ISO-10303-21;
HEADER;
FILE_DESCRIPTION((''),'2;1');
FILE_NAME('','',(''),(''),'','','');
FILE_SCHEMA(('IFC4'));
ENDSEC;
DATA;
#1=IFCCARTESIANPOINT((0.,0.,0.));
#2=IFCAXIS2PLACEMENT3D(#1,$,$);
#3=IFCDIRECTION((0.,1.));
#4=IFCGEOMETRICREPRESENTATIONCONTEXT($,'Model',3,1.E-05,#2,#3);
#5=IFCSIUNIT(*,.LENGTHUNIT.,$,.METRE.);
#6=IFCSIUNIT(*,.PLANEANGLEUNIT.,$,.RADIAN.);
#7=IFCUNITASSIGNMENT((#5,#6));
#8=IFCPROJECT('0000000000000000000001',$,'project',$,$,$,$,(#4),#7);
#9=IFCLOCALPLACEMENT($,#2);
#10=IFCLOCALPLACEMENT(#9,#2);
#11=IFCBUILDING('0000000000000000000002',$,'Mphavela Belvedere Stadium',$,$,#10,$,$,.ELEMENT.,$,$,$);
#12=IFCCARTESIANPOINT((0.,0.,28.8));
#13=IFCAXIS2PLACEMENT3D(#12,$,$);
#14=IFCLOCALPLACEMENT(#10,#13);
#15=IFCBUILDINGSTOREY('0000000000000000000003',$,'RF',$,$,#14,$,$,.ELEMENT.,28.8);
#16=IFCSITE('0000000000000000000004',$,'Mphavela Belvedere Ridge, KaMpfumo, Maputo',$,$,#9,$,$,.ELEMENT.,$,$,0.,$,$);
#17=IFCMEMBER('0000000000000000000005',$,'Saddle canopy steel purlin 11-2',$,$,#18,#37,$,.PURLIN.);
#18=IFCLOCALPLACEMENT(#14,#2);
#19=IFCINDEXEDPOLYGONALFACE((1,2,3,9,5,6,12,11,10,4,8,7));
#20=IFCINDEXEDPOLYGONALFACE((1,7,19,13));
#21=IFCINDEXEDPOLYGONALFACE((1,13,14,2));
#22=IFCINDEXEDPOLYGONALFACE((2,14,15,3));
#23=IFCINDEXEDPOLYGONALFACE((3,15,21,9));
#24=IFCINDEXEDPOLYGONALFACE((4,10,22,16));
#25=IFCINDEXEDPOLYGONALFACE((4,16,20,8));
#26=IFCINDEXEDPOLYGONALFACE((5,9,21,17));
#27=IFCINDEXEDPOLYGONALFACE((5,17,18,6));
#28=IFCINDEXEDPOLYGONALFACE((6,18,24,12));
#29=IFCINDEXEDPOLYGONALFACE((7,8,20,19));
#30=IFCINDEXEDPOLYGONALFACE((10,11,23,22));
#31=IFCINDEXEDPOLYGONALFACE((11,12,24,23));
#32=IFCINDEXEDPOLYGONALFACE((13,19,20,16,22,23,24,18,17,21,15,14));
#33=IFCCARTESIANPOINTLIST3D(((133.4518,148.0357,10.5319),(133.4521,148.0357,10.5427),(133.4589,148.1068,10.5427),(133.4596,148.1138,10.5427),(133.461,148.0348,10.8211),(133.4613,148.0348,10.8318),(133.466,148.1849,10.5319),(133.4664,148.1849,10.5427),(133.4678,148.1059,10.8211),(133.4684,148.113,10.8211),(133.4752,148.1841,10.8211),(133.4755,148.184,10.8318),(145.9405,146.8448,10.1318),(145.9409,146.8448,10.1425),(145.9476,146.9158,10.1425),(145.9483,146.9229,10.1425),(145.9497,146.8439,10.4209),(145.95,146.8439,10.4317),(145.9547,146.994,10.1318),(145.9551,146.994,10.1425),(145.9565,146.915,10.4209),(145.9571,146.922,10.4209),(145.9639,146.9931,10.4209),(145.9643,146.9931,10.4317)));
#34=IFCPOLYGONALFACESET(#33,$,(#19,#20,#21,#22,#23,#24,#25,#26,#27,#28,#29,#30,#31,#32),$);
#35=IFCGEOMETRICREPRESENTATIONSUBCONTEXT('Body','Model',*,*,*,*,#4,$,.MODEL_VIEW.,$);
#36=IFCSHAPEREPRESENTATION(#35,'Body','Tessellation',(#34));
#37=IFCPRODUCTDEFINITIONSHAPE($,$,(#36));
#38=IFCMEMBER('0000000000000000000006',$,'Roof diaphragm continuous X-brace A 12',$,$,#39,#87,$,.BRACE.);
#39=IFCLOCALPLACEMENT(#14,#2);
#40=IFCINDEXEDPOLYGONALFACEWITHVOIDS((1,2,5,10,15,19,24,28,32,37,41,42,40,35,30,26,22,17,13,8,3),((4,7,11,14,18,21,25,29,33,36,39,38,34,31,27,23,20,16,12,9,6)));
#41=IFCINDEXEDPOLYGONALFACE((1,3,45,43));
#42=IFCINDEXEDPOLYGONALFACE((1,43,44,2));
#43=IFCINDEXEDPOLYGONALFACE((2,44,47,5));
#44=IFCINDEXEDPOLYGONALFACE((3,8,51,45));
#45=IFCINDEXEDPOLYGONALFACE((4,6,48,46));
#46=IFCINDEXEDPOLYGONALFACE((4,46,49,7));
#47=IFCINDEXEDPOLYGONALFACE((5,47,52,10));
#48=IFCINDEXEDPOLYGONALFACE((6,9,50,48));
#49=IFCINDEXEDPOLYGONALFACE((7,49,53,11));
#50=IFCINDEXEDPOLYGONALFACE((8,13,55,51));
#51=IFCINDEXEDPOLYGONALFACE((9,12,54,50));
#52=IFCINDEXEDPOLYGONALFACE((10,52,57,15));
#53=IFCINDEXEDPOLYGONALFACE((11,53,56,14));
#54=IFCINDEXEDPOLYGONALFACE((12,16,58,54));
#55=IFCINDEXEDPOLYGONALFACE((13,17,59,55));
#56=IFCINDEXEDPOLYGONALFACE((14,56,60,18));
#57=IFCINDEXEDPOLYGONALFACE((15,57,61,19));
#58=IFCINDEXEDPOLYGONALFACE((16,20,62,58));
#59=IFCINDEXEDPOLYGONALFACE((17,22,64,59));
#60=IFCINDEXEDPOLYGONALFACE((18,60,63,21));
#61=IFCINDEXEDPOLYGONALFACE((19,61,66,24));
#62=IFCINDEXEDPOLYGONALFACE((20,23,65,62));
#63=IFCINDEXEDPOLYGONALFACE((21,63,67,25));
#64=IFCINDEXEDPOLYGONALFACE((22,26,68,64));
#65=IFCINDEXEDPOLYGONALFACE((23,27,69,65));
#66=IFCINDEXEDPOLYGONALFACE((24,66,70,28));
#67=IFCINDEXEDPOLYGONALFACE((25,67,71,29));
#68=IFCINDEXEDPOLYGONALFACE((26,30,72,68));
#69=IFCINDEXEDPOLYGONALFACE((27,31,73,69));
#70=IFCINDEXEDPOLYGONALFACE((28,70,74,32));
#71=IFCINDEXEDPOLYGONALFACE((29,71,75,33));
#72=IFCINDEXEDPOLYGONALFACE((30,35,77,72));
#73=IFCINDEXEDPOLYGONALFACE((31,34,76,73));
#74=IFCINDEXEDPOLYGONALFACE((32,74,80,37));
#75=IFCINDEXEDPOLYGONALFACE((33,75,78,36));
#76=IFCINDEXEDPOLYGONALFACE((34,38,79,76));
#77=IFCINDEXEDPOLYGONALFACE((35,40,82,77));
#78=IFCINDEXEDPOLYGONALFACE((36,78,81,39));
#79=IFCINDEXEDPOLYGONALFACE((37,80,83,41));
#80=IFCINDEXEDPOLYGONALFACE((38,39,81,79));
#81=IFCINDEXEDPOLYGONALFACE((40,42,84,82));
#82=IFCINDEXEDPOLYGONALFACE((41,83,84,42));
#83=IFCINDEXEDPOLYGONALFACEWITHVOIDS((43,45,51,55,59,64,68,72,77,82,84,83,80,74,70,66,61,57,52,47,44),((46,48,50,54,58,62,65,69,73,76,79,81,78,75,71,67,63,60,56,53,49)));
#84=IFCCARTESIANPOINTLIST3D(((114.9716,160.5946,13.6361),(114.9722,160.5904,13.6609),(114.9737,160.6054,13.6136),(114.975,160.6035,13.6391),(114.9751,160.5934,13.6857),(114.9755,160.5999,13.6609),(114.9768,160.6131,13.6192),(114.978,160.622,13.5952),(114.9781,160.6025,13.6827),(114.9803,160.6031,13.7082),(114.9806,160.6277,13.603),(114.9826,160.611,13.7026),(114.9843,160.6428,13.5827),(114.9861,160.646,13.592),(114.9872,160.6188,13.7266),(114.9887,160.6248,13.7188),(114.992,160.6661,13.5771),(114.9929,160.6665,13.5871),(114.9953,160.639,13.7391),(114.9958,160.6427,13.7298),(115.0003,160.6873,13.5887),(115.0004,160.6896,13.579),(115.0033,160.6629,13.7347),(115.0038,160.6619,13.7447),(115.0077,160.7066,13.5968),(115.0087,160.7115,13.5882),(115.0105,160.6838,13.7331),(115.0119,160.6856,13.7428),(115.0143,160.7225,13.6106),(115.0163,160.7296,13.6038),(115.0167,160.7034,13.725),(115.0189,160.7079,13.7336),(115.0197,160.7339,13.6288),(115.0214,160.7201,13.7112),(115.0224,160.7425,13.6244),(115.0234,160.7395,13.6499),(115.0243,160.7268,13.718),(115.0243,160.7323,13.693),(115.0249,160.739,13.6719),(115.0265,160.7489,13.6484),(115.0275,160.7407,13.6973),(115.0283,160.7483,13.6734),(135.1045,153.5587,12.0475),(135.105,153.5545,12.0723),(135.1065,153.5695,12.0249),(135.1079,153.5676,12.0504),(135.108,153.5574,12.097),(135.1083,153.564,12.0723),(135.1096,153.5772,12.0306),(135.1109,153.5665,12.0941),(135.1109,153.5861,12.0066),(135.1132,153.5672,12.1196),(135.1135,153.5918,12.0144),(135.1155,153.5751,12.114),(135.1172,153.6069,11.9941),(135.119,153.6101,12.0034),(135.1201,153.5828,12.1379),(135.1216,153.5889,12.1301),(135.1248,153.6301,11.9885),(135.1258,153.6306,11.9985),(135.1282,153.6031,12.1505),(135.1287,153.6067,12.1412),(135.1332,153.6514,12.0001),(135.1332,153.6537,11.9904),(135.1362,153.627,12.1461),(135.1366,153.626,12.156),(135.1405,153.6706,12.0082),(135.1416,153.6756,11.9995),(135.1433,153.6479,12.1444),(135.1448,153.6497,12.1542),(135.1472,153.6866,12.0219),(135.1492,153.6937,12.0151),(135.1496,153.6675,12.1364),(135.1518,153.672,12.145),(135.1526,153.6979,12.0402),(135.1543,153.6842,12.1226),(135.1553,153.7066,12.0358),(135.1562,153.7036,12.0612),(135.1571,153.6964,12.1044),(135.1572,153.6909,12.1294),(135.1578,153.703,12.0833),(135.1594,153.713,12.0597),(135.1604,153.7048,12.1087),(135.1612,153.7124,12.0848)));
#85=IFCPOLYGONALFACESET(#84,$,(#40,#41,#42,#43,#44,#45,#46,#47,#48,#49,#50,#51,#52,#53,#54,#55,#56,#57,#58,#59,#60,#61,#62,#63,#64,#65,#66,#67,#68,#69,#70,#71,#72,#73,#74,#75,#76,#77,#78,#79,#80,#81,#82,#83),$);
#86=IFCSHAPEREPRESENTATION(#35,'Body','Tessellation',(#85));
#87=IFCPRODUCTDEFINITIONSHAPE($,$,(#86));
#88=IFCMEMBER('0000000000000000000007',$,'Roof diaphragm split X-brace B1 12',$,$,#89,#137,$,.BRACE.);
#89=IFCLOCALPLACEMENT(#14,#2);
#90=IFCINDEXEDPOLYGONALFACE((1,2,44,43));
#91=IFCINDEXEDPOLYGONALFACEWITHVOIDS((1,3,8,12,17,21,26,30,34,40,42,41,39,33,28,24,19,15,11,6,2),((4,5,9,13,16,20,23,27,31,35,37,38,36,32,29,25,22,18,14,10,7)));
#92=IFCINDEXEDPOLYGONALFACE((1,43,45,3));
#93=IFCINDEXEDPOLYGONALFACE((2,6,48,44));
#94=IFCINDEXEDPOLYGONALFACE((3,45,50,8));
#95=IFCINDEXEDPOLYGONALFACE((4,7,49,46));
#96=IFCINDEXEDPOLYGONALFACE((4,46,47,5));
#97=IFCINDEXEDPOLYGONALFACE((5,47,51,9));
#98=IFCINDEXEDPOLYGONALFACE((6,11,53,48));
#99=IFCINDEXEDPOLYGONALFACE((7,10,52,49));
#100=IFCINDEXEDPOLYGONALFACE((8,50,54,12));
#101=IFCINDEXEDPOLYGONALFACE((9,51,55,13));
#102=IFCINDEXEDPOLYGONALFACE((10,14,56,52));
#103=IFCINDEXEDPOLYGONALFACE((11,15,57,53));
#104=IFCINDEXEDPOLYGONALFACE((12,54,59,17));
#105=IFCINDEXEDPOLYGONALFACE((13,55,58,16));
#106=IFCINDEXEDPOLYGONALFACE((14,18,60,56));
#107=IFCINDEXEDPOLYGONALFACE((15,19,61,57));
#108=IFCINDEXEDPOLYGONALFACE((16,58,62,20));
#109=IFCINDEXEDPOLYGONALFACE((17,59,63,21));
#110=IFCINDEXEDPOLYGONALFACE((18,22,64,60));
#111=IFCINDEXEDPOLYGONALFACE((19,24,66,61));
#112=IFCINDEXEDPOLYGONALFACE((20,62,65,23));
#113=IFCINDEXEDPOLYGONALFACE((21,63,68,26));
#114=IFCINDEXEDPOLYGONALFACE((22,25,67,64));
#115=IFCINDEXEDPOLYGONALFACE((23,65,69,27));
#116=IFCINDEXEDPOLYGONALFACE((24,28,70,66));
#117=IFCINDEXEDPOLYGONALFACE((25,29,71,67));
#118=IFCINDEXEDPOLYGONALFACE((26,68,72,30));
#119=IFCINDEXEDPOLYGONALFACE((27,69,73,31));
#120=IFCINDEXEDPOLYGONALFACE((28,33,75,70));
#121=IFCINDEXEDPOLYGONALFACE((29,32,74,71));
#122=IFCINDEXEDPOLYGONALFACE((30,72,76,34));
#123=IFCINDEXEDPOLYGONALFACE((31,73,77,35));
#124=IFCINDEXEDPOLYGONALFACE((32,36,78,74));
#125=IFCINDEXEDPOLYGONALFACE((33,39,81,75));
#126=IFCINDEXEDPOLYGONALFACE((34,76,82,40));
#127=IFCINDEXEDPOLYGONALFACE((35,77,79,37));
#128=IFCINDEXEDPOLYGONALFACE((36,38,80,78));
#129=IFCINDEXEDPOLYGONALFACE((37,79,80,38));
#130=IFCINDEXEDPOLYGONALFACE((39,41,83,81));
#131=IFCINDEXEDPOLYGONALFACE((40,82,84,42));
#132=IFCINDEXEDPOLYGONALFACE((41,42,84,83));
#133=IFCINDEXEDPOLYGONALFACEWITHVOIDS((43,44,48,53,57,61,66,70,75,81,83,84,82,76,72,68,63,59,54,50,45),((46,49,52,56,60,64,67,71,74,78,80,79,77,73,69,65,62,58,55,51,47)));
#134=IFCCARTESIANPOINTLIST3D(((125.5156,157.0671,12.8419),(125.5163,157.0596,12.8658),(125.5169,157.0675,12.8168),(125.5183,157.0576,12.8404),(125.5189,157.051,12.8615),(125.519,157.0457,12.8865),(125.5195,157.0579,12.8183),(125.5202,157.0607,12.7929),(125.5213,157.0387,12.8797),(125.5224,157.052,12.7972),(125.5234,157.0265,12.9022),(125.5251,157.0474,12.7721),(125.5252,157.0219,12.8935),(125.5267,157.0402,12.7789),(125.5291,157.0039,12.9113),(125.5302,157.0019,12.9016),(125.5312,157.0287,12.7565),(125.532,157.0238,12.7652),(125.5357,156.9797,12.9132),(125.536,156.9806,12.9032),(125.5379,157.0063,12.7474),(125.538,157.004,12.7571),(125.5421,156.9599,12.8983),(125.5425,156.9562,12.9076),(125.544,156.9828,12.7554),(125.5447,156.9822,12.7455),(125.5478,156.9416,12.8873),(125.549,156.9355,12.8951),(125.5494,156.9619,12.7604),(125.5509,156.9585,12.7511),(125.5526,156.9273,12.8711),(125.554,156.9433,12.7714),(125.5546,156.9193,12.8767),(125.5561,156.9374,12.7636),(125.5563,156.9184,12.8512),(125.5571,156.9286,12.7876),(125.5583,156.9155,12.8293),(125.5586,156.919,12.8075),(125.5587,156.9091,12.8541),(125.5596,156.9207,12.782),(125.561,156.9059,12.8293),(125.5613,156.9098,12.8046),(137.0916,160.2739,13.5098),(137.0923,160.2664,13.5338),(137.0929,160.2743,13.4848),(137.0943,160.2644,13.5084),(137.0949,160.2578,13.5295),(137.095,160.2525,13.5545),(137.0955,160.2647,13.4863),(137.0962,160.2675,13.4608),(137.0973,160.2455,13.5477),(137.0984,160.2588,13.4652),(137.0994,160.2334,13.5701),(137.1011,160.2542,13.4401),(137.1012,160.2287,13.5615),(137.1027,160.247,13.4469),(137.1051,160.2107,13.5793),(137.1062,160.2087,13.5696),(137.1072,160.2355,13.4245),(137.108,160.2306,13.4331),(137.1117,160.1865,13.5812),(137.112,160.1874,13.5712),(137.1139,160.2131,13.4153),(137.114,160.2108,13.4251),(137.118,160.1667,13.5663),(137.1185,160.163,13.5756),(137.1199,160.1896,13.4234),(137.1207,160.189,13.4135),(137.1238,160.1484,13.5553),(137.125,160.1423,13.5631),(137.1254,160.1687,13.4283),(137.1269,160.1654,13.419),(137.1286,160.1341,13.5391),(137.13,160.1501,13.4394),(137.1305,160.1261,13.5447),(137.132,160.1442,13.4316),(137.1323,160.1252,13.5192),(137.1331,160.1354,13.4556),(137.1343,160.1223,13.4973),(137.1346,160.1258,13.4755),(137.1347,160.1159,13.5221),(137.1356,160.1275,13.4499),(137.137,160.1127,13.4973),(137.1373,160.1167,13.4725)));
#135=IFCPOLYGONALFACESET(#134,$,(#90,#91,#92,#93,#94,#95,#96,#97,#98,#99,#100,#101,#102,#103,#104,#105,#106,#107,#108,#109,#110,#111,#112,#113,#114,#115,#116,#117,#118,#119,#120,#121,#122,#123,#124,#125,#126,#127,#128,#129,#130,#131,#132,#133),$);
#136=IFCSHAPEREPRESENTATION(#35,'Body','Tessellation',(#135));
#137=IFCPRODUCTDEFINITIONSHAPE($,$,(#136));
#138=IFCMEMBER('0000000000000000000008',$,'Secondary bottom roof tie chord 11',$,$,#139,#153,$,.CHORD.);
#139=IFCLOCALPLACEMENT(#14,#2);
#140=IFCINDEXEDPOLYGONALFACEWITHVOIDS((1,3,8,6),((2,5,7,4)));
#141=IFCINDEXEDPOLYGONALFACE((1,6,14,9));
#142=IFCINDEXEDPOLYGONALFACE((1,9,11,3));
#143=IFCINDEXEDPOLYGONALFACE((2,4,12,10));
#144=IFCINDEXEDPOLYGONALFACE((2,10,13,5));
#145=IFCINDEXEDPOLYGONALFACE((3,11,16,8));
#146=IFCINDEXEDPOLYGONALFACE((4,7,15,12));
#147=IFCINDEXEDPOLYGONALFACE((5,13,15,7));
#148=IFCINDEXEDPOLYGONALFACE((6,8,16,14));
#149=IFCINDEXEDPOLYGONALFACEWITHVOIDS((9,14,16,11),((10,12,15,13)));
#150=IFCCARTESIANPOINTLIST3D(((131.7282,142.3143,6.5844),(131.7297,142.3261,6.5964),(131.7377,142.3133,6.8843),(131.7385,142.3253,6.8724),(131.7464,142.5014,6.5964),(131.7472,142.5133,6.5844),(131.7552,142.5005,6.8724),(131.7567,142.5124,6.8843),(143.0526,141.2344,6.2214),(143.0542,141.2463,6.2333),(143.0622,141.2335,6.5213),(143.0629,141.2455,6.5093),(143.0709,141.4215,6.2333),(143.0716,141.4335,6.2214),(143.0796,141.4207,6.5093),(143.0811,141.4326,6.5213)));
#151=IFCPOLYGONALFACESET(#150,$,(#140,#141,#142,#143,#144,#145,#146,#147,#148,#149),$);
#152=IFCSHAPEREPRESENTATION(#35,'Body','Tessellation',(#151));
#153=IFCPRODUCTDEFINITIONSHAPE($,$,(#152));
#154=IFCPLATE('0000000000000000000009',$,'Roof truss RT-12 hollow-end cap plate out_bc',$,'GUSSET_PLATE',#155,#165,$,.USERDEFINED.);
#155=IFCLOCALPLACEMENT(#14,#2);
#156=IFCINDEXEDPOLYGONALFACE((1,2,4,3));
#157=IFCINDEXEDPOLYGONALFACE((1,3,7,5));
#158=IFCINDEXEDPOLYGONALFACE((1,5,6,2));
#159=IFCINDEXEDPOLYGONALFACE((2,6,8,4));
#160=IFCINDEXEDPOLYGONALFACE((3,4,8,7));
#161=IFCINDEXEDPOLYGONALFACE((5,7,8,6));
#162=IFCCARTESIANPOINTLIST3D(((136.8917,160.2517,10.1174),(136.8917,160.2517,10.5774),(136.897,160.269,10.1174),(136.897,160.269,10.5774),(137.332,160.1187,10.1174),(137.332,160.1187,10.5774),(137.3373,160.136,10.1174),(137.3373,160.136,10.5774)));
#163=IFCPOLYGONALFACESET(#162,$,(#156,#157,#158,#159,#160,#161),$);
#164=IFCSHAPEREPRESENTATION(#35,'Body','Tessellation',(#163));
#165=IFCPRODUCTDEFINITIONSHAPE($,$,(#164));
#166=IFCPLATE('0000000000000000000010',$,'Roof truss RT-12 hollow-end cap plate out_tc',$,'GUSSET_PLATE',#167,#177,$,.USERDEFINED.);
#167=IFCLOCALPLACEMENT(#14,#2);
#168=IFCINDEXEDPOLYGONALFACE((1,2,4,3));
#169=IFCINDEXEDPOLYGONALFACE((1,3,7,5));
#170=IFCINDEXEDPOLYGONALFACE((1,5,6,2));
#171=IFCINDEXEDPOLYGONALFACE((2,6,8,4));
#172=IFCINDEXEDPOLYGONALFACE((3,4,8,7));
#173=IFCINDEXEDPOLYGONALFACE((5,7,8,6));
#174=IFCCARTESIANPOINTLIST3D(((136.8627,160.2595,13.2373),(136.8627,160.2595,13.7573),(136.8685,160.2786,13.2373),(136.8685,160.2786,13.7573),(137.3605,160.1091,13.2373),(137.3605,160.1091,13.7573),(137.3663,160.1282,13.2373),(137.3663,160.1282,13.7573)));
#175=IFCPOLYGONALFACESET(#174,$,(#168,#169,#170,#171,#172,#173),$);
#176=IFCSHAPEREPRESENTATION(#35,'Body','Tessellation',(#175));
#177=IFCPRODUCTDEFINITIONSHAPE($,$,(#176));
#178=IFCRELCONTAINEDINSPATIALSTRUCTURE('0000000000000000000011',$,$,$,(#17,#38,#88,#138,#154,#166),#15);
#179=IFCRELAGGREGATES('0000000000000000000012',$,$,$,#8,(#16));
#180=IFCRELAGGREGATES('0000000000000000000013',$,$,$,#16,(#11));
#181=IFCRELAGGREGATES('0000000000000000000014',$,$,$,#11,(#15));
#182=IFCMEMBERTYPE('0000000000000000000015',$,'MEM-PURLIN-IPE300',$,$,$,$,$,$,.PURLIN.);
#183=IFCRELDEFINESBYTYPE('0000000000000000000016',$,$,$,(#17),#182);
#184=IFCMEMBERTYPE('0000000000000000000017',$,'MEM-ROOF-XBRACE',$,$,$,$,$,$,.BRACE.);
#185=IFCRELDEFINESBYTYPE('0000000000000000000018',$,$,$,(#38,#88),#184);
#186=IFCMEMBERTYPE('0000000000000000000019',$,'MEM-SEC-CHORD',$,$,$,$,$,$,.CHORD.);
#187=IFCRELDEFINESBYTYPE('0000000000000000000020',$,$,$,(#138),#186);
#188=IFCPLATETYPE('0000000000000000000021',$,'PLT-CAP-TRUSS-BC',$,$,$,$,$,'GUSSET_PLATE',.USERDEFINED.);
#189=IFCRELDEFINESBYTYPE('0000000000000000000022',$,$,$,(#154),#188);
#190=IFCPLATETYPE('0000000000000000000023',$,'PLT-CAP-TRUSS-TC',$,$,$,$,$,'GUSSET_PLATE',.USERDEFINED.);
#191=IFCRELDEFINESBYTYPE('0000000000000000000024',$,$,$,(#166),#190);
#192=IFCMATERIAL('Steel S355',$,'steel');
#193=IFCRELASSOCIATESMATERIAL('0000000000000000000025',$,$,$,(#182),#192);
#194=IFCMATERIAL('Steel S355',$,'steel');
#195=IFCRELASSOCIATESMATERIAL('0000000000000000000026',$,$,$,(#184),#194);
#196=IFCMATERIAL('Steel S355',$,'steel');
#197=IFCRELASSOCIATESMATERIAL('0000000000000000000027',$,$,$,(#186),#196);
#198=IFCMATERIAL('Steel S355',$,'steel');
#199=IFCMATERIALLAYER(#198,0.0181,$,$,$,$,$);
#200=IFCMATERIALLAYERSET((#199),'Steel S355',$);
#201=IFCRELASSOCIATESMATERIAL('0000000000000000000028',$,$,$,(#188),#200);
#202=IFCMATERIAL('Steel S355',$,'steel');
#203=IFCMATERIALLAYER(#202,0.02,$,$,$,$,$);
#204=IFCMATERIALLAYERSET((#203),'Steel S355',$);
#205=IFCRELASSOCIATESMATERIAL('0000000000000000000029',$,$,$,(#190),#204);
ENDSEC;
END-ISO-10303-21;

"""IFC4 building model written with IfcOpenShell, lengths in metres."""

from ifc_helpers import new_model, si_unit, direction, frame, origin, origin_2d, place, context, subcontext, project, spatial, rectangle, hollow_rectangle, hollow_circle, i_section, extrude, material, layer, layer_set, material_profile, profile_set, type_object, element, save


model = new_model("IFC4")

# Units and contexts
model_context = context("Model", 3, precision=1e-05, world=origin(), true_north=direction((0.0, 1.0)))
body_context = subcontext(model_context, "Body", "Model", "MODEL_VIEW")
ifc_project = project(units=[si_unit("LENGTHUNIT", "METRE"), si_unit("PLANEANGLEUNIT", "RADIAN")], contexts=[model_context])

# Site, building, storey
site_placement = place(None, origin())
site = spatial("IfcSite", under=ifc_project, at=site_placement, Name="Mphavela Belvedere Ridge, KaMpfumo, Maputo", CompositionType="ELEMENT", RefElevation=0.0)
building_placement = place(site_placement, origin())
building = spatial("IfcBuilding", under=site, at=building_placement, Name="Mphavela Belvedere Stadium", CompositionType="ELEMENT")
storey_placement = place(building_placement, frame((0.0, 0.0, 28.8)))
storey = spatial("IfcBuildingStorey", under=building, at=storey_placement, Name="RF", CompositionType="ELEMENT", Elevation=28.8)

# Members
ifc_material_1 = material(Name="Steel S355", Category="steel")
ifc_material_profile_1 = material_profile(ifc_material_1, i_section(OverallWidth=0.1499, OverallDepth=0.3, WebThickness=0.0071, FlangeThickness=0.0107, at=origin_2d()), Name="IPE 300")
ifc_profile_set_1 = profile_set([ifc_material_profile_1], Name="Steel S355")
member_type_1 = type_object("IfcMemberType", Name="MEM-PURLIN-IPE300", PredefinedType="PURLIN", material=ifc_profile_set_1)
member_1_placement = place(storey_placement, frame((145.9524, 146.9189, 10.2817), z_axis=(-0.994978, 0.09488, 0.03188), x_axis=(-0.094928, -0.995484, 0.0)))
element("IfcMember", 1, at=member_1_placement, inside=storey, type_object=member_type_1, Name="Saddle canopy steel purlin 11-2", PredefinedType="PURLIN", context=body_context, shape_type="SweptSolid", body=[
    extrude(i_section(OverallWidth=0.1499, OverallDepth=0.3, WebThickness=0.0071, FlangeThickness=0.0107, at=origin_2d()), origin(), (0.0, 0.0, 1.0), 12.5518),
])
ifc_material_2 = material(Name="Steel S355", Category="steel")
ifc_material_profile_2 = material_profile(ifc_material_2, hollow_circle(Radius=0.0842, WallThickness=0.01, at=origin_2d()), Name="CHS 168.3x10")
ifc_profile_set_2 = profile_set([ifc_material_profile_2], Name="Steel S355")
member_type_2 = type_object("IfcMemberType", Name="MEM-ROOF-XBRACE", PredefinedType="BRACE", material=ifc_profile_set_2)
member_2_placement = place(storey_placement, frame((135.1328, 153.634, 12.0723), z_axis=(-0.941405, 0.328996, 0.074284), x_axis=(-0.329908, -0.944013, 0.0)))
element("IfcMember", 2, at=member_2_placement, inside=storey, type_object=member_type_2, Name="Roof diaphragm continuous X-brace A 12", PredefinedType="BRACE", context=body_context, shape_type="SweptSolid", body=[
    extrude(hollow_circle(Radius=0.0842, WallThickness=0.01, at=origin_2d()), origin(), (0.0, 0.0, 1.0), 21.386),
])
member_3_placement = place(storey_placement, frame((137.1145, 160.1938, 13.4973), z_axis=(-0.962219, -0.266556, -0.055523), x_axis=(0.266968, -0.963705, 0.0)))
element("IfcMember", 3, at=member_3_placement, inside=storey, type_object=member_type_2, Name="Roof diaphragm split X-brace B1 12", PredefinedType="BRACE", context=body_context, shape_type="SweptSolid", body=[
    extrude(hollow_circle(Radius=0.0842, WallThickness=0.01, at=origin_2d()), origin(), (0.0, 0.0, 1.0), 12.0305),
])
ifc_material_3 = material(Name="Steel S355", Category="steel")
ifc_material_profile_3 = material_profile(ifc_material_3, hollow_rectangle(XDim=0.2, YDim=0.3, WallThickness=0.012, at=origin_2d()), Name="RHS 300x200x12")
ifc_profile_set_3 = profile_set([ifc_material_profile_3], Name="Steel S355")
member_type_3 = type_object("IfcMemberType", Name="MEM-SEC-CHORD", PredefinedType="CHORD", material=ifc_profile_set_3)
member_4_placement = place(storey_placement, frame((143.0669, 141.3335, 6.3713), z_axis=(-0.994978, 0.094875, 0.031897), x_axis=(-0.094924, -0.995485, 0.0)))
element("IfcMember", 4, at=member_4_placement, inside=storey, type_object=member_type_3, Name="Secondary bottom roof tie chord 11", PredefinedType="CHORD", context=body_context, shape_type="SweptSolid", body=[
    extrude(hollow_rectangle(XDim=0.2, YDim=0.3, WallThickness=0.012, at=origin_2d()), origin(), (0.0, 0.0, 1.0), 11.3816),
])

# Plates
ifc_material_4 = material(Name="Steel S355", Category="steel")
ifc_layer_1 = layer(ifc_material_4, 0.0181)
ifc_layer_set_1 = layer_set([ifc_layer_1], Name="Steel S355")
plate_type_1 = type_object("IfcPlateType", Name="PLT-CAP-TRUSS-BC", ElementType="GUSSET_PLATE", PredefinedType="USERDEFINED", material=ifc_layer_set_1)
plate_1_placement = place(storey_placement, frame((137.1145, 160.1938, 10.1174), z_axis=(0.0, 0.0, 1.0), x_axis=(0.289199, 0.957269, 0.0)))
element("IfcPlate", 5, at=plate_1_placement, inside=storey, type_object=plate_type_1, Name="Roof truss RT-12 hollow-end cap plate out_bc", ObjectType="GUSSET_PLATE", PredefinedType="USERDEFINED", context=body_context, shape_type="SweptSolid", body=[
    extrude(rectangle(XDim=0.0181, YDim=0.46, at=origin_2d()), origin(), (0.0, 0.0, 1.0), 0.46),
])
ifc_material_5 = material(Name="Steel S355", Category="steel")
ifc_layer_2 = layer(ifc_material_5, 0.02)
ifc_layer_set_2 = layer_set([ifc_layer_2], Name="Steel S355")
plate_type_2 = type_object("IfcPlateType", Name="PLT-CAP-TRUSS-TC", ElementType="GUSSET_PLATE", PredefinedType="USERDEFINED", material=ifc_layer_set_2)
plate_2_placement = place(storey_placement, frame((137.1145, 160.1938, 13.2373), z_axis=(0.0, 0.0, 1.0), x_axis=(0.289199, 0.957269, 0.0)))
element("IfcPlate", 6, at=plate_2_placement, inside=storey, type_object=plate_type_2, Name="Roof truss RT-12 hollow-end cap plate out_tc", ObjectType="GUSSET_PLATE", PredefinedType="USERDEFINED", context=body_context, shape_type="SweptSolid", body=[
    extrude(rectangle(XDim=0.02, YDim=0.52, at=origin_2d()), origin(), (0.0, 0.0, 1.0), 0.52),
])

save(model, "model.ifc")
